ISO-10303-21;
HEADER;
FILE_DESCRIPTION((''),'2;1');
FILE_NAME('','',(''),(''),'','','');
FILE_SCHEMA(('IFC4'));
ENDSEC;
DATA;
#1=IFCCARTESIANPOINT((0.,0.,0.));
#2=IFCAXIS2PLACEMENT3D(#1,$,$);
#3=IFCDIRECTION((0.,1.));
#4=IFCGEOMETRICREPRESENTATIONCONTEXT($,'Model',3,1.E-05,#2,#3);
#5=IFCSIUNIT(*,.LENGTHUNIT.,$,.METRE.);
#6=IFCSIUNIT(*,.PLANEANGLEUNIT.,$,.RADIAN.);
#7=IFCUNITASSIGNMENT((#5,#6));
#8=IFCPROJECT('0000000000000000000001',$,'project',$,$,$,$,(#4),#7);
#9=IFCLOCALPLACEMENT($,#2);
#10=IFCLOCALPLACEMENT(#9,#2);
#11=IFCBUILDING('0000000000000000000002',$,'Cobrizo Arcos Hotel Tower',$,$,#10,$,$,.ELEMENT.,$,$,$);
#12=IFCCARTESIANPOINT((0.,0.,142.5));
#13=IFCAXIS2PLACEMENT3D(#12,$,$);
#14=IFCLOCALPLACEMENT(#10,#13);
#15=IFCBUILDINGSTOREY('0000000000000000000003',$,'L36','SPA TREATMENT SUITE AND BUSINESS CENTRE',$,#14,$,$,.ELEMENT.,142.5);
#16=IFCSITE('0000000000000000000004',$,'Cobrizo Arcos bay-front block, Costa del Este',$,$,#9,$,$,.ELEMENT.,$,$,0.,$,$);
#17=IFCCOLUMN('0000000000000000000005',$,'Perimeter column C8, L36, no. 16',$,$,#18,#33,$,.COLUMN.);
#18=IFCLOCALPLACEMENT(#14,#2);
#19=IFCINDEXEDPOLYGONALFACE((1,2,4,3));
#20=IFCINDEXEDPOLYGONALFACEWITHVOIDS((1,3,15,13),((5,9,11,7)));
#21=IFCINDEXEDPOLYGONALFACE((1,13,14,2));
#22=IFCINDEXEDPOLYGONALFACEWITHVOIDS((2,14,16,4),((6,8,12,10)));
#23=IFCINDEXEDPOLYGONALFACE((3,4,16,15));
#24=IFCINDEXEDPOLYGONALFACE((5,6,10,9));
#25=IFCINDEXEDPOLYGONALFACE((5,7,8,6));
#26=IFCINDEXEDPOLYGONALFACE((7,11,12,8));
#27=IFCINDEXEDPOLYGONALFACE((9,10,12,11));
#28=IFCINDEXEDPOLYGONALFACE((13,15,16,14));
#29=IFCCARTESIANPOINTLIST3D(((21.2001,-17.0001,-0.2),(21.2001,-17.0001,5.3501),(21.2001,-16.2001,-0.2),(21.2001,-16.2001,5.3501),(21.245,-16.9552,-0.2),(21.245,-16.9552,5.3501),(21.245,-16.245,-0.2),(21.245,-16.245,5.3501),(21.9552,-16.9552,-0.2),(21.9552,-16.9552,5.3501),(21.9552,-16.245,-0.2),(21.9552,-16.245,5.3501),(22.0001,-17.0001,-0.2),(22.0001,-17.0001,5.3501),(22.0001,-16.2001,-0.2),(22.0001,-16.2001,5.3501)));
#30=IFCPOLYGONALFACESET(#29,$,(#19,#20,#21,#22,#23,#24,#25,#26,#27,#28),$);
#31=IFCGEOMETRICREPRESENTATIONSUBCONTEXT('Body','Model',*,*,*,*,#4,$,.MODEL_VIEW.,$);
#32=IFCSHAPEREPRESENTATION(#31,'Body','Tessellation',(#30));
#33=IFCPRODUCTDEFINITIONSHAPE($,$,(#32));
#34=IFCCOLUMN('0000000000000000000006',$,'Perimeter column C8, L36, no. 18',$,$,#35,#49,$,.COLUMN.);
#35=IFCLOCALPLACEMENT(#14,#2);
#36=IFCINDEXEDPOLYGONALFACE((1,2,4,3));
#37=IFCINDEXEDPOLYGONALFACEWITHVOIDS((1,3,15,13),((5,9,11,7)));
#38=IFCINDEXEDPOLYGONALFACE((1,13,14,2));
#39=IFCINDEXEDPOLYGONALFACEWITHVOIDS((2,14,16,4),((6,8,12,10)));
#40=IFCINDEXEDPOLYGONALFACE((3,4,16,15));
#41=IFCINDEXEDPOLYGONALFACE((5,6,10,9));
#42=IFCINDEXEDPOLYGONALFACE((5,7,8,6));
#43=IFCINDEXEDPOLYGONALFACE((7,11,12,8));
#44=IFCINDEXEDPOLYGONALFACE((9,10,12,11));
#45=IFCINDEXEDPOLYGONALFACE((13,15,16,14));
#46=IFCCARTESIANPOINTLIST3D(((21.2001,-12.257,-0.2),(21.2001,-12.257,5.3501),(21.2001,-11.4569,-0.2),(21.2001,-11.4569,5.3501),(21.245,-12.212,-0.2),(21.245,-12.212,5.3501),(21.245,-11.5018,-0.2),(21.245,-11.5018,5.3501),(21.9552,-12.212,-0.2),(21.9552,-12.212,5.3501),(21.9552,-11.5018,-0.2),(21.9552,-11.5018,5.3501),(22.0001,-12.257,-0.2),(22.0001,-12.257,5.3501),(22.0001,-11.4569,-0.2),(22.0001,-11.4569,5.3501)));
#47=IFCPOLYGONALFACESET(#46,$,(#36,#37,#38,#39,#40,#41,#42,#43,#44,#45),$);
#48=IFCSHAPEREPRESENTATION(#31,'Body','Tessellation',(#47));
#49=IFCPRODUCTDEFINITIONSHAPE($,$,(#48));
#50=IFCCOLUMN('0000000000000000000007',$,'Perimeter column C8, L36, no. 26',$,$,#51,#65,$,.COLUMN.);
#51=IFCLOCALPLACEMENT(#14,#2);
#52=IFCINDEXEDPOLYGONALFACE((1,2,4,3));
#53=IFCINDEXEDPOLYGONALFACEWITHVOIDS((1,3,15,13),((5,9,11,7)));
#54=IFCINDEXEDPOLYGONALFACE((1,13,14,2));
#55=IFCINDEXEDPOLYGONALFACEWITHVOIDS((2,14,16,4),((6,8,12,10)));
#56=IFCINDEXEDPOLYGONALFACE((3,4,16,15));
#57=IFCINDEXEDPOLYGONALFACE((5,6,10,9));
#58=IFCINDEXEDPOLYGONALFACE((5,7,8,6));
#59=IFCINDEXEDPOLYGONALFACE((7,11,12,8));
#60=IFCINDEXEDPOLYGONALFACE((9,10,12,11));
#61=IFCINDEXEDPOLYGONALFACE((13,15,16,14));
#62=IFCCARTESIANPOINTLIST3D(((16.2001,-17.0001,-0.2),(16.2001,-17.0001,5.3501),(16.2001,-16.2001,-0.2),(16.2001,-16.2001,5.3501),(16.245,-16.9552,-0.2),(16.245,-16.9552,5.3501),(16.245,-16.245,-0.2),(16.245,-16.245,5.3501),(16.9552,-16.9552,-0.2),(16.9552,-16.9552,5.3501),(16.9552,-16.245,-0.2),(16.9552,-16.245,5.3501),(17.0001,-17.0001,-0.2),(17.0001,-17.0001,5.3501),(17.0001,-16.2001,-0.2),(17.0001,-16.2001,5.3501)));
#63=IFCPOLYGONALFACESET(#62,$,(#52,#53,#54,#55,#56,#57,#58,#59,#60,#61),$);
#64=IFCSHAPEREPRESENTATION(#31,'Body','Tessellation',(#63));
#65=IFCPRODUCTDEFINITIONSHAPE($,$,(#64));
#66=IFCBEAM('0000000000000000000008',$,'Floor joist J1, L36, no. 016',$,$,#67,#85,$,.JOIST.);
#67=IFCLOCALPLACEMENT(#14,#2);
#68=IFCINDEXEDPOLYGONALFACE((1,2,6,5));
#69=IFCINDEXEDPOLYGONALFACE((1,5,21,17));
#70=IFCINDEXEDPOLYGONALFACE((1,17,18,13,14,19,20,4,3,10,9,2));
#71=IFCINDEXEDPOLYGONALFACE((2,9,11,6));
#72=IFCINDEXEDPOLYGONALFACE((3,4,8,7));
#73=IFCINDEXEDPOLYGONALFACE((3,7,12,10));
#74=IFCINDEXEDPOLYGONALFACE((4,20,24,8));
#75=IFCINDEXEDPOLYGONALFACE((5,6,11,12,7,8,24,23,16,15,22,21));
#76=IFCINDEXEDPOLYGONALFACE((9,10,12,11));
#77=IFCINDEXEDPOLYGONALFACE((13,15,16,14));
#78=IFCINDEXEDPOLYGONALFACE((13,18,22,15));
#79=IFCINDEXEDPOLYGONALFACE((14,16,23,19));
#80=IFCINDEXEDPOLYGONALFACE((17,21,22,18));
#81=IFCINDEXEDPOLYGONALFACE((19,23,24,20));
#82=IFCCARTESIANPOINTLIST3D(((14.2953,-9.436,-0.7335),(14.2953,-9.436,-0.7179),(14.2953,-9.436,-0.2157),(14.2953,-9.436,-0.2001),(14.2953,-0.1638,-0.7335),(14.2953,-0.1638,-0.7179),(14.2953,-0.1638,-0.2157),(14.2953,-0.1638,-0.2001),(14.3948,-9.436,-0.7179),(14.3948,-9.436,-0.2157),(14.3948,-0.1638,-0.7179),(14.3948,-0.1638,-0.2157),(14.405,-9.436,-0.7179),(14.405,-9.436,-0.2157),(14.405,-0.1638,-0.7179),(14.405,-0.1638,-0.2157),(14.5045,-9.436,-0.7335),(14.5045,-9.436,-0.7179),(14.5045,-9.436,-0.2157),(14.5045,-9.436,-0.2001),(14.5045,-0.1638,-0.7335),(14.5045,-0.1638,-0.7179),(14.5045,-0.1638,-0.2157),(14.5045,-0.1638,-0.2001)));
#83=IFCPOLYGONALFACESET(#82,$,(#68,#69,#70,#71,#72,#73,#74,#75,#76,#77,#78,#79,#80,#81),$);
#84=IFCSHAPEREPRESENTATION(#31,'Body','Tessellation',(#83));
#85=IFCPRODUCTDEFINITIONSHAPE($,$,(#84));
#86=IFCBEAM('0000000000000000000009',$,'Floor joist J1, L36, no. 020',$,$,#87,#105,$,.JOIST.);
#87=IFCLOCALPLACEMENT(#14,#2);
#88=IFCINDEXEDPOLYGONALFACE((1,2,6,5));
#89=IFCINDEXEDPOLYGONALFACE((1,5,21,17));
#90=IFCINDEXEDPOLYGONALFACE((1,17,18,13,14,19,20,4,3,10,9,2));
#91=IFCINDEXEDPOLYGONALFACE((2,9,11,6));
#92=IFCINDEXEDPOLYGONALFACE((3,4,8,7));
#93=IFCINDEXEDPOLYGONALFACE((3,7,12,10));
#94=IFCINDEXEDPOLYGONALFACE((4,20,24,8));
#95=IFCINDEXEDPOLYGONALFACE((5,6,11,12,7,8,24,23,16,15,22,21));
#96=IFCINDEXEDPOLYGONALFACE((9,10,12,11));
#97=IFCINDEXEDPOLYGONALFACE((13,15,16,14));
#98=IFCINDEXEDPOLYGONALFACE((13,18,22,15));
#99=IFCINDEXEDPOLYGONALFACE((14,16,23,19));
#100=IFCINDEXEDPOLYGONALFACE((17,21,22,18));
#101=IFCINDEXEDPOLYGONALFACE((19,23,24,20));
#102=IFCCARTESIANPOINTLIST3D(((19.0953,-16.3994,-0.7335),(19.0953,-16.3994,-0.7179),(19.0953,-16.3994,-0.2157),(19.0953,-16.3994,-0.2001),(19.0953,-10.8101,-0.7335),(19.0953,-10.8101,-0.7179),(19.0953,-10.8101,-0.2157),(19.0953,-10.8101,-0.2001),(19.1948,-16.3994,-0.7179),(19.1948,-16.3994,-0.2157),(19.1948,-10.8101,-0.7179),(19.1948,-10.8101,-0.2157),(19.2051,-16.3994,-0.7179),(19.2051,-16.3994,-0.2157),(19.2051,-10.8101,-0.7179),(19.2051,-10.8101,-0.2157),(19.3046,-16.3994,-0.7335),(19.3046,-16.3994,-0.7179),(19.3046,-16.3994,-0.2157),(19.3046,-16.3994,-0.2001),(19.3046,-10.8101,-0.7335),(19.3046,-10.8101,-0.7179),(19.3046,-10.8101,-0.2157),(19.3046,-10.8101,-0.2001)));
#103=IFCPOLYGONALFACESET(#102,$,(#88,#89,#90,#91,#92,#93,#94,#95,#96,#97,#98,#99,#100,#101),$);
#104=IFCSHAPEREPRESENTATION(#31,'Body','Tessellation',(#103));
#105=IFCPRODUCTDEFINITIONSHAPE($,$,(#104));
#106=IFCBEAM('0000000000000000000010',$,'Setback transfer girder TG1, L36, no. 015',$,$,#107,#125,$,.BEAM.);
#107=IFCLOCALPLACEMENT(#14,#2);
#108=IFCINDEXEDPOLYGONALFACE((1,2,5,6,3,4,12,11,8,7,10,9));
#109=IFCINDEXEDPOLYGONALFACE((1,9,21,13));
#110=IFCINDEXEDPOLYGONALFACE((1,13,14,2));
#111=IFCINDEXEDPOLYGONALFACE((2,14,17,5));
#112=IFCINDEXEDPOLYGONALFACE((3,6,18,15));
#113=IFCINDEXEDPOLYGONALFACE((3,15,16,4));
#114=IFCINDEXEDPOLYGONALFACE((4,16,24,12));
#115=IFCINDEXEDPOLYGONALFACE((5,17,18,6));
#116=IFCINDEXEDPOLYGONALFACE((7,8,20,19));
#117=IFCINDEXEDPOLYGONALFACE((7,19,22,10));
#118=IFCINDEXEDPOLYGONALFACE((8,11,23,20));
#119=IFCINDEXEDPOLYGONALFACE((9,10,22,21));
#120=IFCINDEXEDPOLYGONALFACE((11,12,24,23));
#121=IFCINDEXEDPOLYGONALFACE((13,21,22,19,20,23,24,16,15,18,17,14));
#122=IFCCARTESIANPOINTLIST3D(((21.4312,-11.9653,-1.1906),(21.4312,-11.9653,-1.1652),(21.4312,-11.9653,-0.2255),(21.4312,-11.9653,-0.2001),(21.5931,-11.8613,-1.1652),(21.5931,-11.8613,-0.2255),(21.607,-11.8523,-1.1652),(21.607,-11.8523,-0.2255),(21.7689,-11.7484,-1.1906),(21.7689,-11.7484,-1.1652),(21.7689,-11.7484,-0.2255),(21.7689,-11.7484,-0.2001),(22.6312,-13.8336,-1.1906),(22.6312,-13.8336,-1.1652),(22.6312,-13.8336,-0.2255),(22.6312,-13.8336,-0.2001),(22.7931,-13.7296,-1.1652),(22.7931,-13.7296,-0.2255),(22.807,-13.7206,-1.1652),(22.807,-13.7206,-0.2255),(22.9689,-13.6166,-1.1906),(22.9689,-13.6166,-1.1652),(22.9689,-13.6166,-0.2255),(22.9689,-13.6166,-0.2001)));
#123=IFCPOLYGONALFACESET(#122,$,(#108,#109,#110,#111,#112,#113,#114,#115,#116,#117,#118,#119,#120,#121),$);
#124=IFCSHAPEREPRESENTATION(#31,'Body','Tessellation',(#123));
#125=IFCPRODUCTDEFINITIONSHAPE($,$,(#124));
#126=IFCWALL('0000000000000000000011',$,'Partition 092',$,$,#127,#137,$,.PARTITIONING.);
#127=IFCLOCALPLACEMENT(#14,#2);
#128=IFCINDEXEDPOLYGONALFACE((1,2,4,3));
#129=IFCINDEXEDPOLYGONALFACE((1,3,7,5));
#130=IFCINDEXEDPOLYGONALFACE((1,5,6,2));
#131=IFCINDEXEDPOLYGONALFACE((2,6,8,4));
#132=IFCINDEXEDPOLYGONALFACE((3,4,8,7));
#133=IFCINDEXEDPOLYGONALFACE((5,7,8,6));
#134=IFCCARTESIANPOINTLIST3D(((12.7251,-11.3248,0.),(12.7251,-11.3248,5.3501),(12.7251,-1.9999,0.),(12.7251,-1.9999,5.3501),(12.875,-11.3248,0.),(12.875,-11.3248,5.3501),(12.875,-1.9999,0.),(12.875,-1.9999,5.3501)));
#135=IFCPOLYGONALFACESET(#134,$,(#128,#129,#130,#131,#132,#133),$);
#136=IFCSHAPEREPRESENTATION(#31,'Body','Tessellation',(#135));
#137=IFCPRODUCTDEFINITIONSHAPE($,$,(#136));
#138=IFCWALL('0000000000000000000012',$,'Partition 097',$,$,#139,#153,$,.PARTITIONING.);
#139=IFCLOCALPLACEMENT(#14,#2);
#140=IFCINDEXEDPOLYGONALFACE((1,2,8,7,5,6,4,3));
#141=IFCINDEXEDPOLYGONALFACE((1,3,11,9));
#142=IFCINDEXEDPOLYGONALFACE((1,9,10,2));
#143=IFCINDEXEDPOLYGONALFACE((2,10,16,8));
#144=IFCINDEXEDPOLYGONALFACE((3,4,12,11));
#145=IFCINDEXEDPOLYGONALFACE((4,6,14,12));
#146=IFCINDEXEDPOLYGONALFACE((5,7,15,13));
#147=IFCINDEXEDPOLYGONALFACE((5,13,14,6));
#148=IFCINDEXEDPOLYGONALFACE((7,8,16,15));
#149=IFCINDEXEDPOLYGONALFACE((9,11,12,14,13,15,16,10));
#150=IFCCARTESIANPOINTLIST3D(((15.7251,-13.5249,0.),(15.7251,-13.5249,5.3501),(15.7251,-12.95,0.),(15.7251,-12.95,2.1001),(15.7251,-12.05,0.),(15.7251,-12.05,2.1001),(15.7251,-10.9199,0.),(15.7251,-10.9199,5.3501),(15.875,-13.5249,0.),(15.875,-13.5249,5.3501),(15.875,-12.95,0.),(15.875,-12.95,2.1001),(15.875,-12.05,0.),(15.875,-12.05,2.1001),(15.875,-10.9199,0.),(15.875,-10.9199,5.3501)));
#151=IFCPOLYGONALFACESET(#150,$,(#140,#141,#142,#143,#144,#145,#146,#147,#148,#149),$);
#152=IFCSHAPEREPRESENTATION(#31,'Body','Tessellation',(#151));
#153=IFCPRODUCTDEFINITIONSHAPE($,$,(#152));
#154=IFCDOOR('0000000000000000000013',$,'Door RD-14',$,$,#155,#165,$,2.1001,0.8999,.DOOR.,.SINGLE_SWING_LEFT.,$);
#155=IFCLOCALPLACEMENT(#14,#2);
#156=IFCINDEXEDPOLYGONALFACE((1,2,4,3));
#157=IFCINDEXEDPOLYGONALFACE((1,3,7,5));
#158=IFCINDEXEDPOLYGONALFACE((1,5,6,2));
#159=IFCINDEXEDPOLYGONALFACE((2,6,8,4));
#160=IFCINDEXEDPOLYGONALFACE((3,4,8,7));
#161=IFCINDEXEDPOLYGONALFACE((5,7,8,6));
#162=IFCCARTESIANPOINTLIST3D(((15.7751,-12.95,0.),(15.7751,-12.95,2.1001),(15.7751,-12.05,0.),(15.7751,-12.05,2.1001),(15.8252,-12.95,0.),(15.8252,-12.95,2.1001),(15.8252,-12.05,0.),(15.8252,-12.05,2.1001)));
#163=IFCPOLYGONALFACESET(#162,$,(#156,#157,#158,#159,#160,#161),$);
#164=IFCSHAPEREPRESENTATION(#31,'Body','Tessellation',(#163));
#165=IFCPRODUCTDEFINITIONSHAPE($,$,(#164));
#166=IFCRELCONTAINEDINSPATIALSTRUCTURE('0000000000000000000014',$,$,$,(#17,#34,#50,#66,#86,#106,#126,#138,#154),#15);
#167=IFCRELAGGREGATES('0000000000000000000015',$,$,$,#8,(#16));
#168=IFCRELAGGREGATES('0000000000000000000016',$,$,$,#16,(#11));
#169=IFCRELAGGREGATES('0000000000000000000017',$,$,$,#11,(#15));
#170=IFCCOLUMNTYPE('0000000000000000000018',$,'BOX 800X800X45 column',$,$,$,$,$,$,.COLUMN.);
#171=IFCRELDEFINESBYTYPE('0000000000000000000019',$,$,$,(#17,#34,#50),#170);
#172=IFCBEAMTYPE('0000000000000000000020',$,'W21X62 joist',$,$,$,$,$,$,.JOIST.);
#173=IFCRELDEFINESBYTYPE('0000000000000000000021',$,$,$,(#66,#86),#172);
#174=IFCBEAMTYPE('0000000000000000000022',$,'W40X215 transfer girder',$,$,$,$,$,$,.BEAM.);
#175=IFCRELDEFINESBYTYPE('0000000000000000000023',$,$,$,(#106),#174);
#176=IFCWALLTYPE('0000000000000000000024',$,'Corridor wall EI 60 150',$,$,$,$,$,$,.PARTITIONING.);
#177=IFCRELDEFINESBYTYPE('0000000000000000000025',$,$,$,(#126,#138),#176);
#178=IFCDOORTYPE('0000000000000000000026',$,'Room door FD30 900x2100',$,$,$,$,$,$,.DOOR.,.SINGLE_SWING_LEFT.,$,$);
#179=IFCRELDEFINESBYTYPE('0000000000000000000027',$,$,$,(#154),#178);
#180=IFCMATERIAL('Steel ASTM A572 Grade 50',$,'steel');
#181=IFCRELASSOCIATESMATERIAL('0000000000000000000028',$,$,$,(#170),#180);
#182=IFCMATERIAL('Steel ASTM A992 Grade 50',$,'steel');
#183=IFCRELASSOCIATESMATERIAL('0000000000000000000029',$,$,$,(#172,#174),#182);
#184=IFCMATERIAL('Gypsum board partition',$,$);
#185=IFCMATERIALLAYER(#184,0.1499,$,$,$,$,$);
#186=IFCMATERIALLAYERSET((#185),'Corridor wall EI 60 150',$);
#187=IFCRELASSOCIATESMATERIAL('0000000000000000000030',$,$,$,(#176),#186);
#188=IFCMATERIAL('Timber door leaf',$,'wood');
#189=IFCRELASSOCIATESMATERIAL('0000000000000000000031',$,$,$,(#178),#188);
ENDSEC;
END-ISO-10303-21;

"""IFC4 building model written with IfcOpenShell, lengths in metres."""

from ifc_helpers import new_model, si_unit, direction, frame, frame_2d, origin, origin_2d, place, context, subcontext, project, spatial, rectangle, hollow_rectangle, i_section, extrude, material, layer, layer_set, material_profile, profile_set, type_object, element, fill, save


model = new_model("IFC4")

# Units and contexts
model_context = context("Model", 3, precision=1e-05, world=origin(), true_north=direction((0.0, 1.0)))
body_context = subcontext(model_context, "Body", "Model", "MODEL_VIEW")
ifc_project = project(units=[si_unit("LENGTHUNIT", "METRE"), si_unit("PLANEANGLEUNIT", "RADIAN")], contexts=[model_context])

# Site, building, storey
site_placement = place(None, origin())
site = spatial("IfcSite", under=ifc_project, at=site_placement, Name="Cobrizo Arcos bay-front block, Costa del Este", CompositionType="ELEMENT", RefElevation=0.0)
building_placement = place(site_placement, origin())
building = spatial("IfcBuilding", under=site, at=building_placement, Name="Cobrizo Arcos Hotel Tower", CompositionType="ELEMENT")
storey_placement = place(building_placement, frame((0.0, 0.0, 142.5)))
storey = spatial("IfcBuildingStorey", under=building, at=storey_placement, Name="L36", Description="SPA TREATMENT SUITE AND BUSINESS CENTRE", CompositionType="ELEMENT", Elevation=142.5)

# Columns
ifc_material_1 = material(Name="Steel ASTM A572 Grade 50", Category="steel")
ifc_material_profile_1 = material_profile(ifc_material_1, hollow_rectangle(XDim=0.8, YDim=0.8, WallThickness=0.0449, at=origin_2d()), Name="BOX 800X800X45")
ifc_profile_set_1 = profile_set([ifc_material_profile_1], Name="Steel ASTM A572 Grade 50")
column_type = type_object("IfcColumnType", Name="BOX 800X800X45 column", PredefinedType="COLUMN", material=ifc_profile_set_1)
for number, where, z_axis, x_axis, name in (
    (1, (21.6001, -16.6001, -0.2), (0.0, 0.0, 1.0), (1.0, 0.0, 0.0), "Perimeter column C8, L36, no. 16"),
    (2, (21.6001, -11.8569, -0.2), (0.0, 0.0, 1.0), (1.0, 0.0, 0.0), "Perimeter column C8, L36, no. 18"),
    (3, (16.6001, -16.6001, -0.2), (0.0, 0.0, 1.0), (1.0, 0.0, 0.0), "Perimeter column C8, L36, no. 26"),
):
    element("IfcColumn", number, at=place(storey_placement, frame(where, z_axis=z_axis, x_axis=x_axis)), inside=storey, type_object=column_type, Name=name, PredefinedType="COLUMN", context=body_context, shape_type="SweptSolid", body=[
        extrude(hollow_rectangle(XDim=0.8, YDim=0.8, WallThickness=0.0449, at=origin_2d()), origin(), (0.0, 0.0, 1.0), 5.55),
    ])

# Beams
ifc_material_2 = material(Name="Steel ASTM A992 Grade 50", Category="steel")
ifc_material_profile_2 = material_profile(ifc_material_2, i_section(OverallWidth=0.2092, OverallDepth=0.5334, WebThickness=0.0103, FlangeThickness=0.0156, at=origin_2d()), Name="W21X62")
ifc_profile_set_2 = profile_set([ifc_material_profile_2], Name="Steel ASTM A992 Grade 50")
beam_type_1 = type_object("IfcBeamType", Name="W21X62 joist", PredefinedType="JOIST", material=ifc_profile_set_2)
beam_1_placement = place(storey_placement, frame((14.3999, -9.436, -0.4668), z_axis=(0.0, 1.0, 0.0), x_axis=(-1.0, 0.0, 0.0)))
element("IfcBeam", 4, at=beam_1_placement, inside=storey, type_object=beam_type_1, Name="Floor joist J1, L36, no. 016", PredefinedType="JOIST", context=body_context, shape_type="SweptSolid", body=[
    extrude(i_section(OverallWidth=0.2092, OverallDepth=0.5334, WebThickness=0.0103, FlangeThickness=0.0156, at=origin_2d()), origin(), (0.0, 0.0, 1.0), 9.2722),
])
beam_2_placement = place(storey_placement, frame((19.2, -16.3994, -0.4668), z_axis=(0.0, 1.0, 0.0), x_axis=(-1.0, 0.0, 0.0)))
element("IfcBeam", 5, at=beam_2_placement, inside=storey, type_object=beam_type_1, Name="Floor joist J1, L36, no. 020", PredefinedType="JOIST", context=body_context, shape_type="SweptSolid", body=[
    extrude(i_section(OverallWidth=0.2092, OverallDepth=0.5334, WebThickness=0.0103, FlangeThickness=0.0156, at=origin_2d()), origin(), (0.0, 0.0, 1.0), 5.5894),
])
ifc_material_profile_3 = material_profile(ifc_material_2, i_section(OverallWidth=0.4014, OverallDepth=0.9905, WebThickness=0.0166, FlangeThickness=0.0254, at=origin_2d()), Name="W40X215")
ifc_profile_set_3 = profile_set([ifc_material_profile_3], Name="Steel ASTM A992 Grade 50")
beam_type_2 = type_object("IfcBeamType", Name="W40X215 transfer girder", PredefinedType="BEAM", material=ifc_profile_set_3)
beam_3_placement = place(storey_placement, frame((22.8, -13.7251, -0.6953), z_axis=(-0.540435, 0.841386, 0.0), x_axis=(-0.841386, -0.540435, 0.0)))
element("IfcBeam", 6, at=beam_3_placement, inside=storey, type_object=beam_type_2, Name="Setback transfer girder TG1, L36, no. 015", PredefinedType="BEAM", context=body_context, shape_type="SweptSolid", body=[
    extrude(i_section(OverallWidth=0.4014, OverallDepth=0.9905, WebThickness=0.0166, FlangeThickness=0.0254, at=origin_2d()), origin(), (0.0, 0.0, 1.0), 2.2205),
])

# Wall
ifc_material_3 = material(Name="Gypsum board partition")
ifc_layer_1 = layer(ifc_material_3, 0.1499)
ifc_layer_set_1 = layer_set([ifc_layer_1], Name="Corridor wall EI 60 150")
wall_type_1 = type_object("IfcWallType", Name="Corridor wall EI 60 150", PredefinedType="PARTITIONING", material=ifc_layer_set_1)
wall_1_placement = place(storey_placement, frame((12.8, -11.325, 0.0), z_axis=(0.0, 0.0, 1.0), x_axis=(0.0, 1.0, 0.0)))
element("IfcWall", 7, at=wall_1_placement, inside=storey, type_object=wall_type_1, Name="Partition 092", PredefinedType="PARTITIONING", context=body_context, shape_type="SweptSolid", body=[
    extrude(rectangle(XDim=9.325, YDim=0.1499, at=frame_2d((4.6626, 0.0))), origin(), (0.0, 0.0, 1.0), 5.3501),
])

# Wall, opening, door
wall_2_placement = place(storey_placement, frame((15.8, -13.5249, 0.0), z_axis=(0.0, 0.0, 1.0), x_axis=(0.0, 1.0, 0.0)))
wall_2 = element("IfcWall", 8, at=wall_2_placement, inside=storey, type_object=wall_type_1, Name="Partition 097", PredefinedType="PARTITIONING", context=body_context, shape_type="SweptSolid", body=[
    extrude(rectangle(XDim=2.605, YDim=0.1499, at=frame_2d((1.3025, 0.0))), origin(), (0.0, 0.0, 1.0), 5.3501),
])
opening_1_placement = place(wall_2_placement, frame((0.575, 0.0, 0.0)))
opening_1 = element("IfcOpeningElement", 9, at=opening_1_placement, cuts=wall_2, PredefinedType="OPENING", context=body_context, shape_type="SweptSolid", body=[
    extrude(rectangle(XDim=0.8999, YDim=2.1001, at=frame_2d((0.45, 1.05))), frame((0.0, 0.0869, 0.0), z_axis=(0.0, -1.0, 0.0), x_axis=(1.0, 0.0, 0.0)), (0.0, 0.0, 1.0), 0.1738),
])
ifc_material_4 = material(Name="Timber door leaf", Category="wood")
door_type_1 = type_object("IfcDoorType", Name="Room door FD30 900x2100", OperationType="SINGLE_SWING_LEFT", PredefinedType="DOOR", material=ifc_material_4)
door_1_placement = place(opening_1_placement, origin())
door_1 = element("IfcDoor", 10, at=door_1_placement, inside=storey, type_object=door_type_1, Name="Door RD-14", OperationType="SINGLE_SWING_LEFT", OverallHeight=2.1001, OverallWidth=0.8999, PredefinedType="DOOR", context=body_context, shape_type="SweptSolid", body=[
    extrude(rectangle(XDim=0.8999, YDim=2.1001, at=frame_2d((0.45, 1.05))), frame((0.0, 0.0249, 0.0), z_axis=(0.0, -1.0, 0.0), x_axis=(1.0, 0.0, 0.0)), (0.0, 0.0, 1.0), 0.05),
])
fill(opening_1, door_1)

save(model, "model.ifc")
